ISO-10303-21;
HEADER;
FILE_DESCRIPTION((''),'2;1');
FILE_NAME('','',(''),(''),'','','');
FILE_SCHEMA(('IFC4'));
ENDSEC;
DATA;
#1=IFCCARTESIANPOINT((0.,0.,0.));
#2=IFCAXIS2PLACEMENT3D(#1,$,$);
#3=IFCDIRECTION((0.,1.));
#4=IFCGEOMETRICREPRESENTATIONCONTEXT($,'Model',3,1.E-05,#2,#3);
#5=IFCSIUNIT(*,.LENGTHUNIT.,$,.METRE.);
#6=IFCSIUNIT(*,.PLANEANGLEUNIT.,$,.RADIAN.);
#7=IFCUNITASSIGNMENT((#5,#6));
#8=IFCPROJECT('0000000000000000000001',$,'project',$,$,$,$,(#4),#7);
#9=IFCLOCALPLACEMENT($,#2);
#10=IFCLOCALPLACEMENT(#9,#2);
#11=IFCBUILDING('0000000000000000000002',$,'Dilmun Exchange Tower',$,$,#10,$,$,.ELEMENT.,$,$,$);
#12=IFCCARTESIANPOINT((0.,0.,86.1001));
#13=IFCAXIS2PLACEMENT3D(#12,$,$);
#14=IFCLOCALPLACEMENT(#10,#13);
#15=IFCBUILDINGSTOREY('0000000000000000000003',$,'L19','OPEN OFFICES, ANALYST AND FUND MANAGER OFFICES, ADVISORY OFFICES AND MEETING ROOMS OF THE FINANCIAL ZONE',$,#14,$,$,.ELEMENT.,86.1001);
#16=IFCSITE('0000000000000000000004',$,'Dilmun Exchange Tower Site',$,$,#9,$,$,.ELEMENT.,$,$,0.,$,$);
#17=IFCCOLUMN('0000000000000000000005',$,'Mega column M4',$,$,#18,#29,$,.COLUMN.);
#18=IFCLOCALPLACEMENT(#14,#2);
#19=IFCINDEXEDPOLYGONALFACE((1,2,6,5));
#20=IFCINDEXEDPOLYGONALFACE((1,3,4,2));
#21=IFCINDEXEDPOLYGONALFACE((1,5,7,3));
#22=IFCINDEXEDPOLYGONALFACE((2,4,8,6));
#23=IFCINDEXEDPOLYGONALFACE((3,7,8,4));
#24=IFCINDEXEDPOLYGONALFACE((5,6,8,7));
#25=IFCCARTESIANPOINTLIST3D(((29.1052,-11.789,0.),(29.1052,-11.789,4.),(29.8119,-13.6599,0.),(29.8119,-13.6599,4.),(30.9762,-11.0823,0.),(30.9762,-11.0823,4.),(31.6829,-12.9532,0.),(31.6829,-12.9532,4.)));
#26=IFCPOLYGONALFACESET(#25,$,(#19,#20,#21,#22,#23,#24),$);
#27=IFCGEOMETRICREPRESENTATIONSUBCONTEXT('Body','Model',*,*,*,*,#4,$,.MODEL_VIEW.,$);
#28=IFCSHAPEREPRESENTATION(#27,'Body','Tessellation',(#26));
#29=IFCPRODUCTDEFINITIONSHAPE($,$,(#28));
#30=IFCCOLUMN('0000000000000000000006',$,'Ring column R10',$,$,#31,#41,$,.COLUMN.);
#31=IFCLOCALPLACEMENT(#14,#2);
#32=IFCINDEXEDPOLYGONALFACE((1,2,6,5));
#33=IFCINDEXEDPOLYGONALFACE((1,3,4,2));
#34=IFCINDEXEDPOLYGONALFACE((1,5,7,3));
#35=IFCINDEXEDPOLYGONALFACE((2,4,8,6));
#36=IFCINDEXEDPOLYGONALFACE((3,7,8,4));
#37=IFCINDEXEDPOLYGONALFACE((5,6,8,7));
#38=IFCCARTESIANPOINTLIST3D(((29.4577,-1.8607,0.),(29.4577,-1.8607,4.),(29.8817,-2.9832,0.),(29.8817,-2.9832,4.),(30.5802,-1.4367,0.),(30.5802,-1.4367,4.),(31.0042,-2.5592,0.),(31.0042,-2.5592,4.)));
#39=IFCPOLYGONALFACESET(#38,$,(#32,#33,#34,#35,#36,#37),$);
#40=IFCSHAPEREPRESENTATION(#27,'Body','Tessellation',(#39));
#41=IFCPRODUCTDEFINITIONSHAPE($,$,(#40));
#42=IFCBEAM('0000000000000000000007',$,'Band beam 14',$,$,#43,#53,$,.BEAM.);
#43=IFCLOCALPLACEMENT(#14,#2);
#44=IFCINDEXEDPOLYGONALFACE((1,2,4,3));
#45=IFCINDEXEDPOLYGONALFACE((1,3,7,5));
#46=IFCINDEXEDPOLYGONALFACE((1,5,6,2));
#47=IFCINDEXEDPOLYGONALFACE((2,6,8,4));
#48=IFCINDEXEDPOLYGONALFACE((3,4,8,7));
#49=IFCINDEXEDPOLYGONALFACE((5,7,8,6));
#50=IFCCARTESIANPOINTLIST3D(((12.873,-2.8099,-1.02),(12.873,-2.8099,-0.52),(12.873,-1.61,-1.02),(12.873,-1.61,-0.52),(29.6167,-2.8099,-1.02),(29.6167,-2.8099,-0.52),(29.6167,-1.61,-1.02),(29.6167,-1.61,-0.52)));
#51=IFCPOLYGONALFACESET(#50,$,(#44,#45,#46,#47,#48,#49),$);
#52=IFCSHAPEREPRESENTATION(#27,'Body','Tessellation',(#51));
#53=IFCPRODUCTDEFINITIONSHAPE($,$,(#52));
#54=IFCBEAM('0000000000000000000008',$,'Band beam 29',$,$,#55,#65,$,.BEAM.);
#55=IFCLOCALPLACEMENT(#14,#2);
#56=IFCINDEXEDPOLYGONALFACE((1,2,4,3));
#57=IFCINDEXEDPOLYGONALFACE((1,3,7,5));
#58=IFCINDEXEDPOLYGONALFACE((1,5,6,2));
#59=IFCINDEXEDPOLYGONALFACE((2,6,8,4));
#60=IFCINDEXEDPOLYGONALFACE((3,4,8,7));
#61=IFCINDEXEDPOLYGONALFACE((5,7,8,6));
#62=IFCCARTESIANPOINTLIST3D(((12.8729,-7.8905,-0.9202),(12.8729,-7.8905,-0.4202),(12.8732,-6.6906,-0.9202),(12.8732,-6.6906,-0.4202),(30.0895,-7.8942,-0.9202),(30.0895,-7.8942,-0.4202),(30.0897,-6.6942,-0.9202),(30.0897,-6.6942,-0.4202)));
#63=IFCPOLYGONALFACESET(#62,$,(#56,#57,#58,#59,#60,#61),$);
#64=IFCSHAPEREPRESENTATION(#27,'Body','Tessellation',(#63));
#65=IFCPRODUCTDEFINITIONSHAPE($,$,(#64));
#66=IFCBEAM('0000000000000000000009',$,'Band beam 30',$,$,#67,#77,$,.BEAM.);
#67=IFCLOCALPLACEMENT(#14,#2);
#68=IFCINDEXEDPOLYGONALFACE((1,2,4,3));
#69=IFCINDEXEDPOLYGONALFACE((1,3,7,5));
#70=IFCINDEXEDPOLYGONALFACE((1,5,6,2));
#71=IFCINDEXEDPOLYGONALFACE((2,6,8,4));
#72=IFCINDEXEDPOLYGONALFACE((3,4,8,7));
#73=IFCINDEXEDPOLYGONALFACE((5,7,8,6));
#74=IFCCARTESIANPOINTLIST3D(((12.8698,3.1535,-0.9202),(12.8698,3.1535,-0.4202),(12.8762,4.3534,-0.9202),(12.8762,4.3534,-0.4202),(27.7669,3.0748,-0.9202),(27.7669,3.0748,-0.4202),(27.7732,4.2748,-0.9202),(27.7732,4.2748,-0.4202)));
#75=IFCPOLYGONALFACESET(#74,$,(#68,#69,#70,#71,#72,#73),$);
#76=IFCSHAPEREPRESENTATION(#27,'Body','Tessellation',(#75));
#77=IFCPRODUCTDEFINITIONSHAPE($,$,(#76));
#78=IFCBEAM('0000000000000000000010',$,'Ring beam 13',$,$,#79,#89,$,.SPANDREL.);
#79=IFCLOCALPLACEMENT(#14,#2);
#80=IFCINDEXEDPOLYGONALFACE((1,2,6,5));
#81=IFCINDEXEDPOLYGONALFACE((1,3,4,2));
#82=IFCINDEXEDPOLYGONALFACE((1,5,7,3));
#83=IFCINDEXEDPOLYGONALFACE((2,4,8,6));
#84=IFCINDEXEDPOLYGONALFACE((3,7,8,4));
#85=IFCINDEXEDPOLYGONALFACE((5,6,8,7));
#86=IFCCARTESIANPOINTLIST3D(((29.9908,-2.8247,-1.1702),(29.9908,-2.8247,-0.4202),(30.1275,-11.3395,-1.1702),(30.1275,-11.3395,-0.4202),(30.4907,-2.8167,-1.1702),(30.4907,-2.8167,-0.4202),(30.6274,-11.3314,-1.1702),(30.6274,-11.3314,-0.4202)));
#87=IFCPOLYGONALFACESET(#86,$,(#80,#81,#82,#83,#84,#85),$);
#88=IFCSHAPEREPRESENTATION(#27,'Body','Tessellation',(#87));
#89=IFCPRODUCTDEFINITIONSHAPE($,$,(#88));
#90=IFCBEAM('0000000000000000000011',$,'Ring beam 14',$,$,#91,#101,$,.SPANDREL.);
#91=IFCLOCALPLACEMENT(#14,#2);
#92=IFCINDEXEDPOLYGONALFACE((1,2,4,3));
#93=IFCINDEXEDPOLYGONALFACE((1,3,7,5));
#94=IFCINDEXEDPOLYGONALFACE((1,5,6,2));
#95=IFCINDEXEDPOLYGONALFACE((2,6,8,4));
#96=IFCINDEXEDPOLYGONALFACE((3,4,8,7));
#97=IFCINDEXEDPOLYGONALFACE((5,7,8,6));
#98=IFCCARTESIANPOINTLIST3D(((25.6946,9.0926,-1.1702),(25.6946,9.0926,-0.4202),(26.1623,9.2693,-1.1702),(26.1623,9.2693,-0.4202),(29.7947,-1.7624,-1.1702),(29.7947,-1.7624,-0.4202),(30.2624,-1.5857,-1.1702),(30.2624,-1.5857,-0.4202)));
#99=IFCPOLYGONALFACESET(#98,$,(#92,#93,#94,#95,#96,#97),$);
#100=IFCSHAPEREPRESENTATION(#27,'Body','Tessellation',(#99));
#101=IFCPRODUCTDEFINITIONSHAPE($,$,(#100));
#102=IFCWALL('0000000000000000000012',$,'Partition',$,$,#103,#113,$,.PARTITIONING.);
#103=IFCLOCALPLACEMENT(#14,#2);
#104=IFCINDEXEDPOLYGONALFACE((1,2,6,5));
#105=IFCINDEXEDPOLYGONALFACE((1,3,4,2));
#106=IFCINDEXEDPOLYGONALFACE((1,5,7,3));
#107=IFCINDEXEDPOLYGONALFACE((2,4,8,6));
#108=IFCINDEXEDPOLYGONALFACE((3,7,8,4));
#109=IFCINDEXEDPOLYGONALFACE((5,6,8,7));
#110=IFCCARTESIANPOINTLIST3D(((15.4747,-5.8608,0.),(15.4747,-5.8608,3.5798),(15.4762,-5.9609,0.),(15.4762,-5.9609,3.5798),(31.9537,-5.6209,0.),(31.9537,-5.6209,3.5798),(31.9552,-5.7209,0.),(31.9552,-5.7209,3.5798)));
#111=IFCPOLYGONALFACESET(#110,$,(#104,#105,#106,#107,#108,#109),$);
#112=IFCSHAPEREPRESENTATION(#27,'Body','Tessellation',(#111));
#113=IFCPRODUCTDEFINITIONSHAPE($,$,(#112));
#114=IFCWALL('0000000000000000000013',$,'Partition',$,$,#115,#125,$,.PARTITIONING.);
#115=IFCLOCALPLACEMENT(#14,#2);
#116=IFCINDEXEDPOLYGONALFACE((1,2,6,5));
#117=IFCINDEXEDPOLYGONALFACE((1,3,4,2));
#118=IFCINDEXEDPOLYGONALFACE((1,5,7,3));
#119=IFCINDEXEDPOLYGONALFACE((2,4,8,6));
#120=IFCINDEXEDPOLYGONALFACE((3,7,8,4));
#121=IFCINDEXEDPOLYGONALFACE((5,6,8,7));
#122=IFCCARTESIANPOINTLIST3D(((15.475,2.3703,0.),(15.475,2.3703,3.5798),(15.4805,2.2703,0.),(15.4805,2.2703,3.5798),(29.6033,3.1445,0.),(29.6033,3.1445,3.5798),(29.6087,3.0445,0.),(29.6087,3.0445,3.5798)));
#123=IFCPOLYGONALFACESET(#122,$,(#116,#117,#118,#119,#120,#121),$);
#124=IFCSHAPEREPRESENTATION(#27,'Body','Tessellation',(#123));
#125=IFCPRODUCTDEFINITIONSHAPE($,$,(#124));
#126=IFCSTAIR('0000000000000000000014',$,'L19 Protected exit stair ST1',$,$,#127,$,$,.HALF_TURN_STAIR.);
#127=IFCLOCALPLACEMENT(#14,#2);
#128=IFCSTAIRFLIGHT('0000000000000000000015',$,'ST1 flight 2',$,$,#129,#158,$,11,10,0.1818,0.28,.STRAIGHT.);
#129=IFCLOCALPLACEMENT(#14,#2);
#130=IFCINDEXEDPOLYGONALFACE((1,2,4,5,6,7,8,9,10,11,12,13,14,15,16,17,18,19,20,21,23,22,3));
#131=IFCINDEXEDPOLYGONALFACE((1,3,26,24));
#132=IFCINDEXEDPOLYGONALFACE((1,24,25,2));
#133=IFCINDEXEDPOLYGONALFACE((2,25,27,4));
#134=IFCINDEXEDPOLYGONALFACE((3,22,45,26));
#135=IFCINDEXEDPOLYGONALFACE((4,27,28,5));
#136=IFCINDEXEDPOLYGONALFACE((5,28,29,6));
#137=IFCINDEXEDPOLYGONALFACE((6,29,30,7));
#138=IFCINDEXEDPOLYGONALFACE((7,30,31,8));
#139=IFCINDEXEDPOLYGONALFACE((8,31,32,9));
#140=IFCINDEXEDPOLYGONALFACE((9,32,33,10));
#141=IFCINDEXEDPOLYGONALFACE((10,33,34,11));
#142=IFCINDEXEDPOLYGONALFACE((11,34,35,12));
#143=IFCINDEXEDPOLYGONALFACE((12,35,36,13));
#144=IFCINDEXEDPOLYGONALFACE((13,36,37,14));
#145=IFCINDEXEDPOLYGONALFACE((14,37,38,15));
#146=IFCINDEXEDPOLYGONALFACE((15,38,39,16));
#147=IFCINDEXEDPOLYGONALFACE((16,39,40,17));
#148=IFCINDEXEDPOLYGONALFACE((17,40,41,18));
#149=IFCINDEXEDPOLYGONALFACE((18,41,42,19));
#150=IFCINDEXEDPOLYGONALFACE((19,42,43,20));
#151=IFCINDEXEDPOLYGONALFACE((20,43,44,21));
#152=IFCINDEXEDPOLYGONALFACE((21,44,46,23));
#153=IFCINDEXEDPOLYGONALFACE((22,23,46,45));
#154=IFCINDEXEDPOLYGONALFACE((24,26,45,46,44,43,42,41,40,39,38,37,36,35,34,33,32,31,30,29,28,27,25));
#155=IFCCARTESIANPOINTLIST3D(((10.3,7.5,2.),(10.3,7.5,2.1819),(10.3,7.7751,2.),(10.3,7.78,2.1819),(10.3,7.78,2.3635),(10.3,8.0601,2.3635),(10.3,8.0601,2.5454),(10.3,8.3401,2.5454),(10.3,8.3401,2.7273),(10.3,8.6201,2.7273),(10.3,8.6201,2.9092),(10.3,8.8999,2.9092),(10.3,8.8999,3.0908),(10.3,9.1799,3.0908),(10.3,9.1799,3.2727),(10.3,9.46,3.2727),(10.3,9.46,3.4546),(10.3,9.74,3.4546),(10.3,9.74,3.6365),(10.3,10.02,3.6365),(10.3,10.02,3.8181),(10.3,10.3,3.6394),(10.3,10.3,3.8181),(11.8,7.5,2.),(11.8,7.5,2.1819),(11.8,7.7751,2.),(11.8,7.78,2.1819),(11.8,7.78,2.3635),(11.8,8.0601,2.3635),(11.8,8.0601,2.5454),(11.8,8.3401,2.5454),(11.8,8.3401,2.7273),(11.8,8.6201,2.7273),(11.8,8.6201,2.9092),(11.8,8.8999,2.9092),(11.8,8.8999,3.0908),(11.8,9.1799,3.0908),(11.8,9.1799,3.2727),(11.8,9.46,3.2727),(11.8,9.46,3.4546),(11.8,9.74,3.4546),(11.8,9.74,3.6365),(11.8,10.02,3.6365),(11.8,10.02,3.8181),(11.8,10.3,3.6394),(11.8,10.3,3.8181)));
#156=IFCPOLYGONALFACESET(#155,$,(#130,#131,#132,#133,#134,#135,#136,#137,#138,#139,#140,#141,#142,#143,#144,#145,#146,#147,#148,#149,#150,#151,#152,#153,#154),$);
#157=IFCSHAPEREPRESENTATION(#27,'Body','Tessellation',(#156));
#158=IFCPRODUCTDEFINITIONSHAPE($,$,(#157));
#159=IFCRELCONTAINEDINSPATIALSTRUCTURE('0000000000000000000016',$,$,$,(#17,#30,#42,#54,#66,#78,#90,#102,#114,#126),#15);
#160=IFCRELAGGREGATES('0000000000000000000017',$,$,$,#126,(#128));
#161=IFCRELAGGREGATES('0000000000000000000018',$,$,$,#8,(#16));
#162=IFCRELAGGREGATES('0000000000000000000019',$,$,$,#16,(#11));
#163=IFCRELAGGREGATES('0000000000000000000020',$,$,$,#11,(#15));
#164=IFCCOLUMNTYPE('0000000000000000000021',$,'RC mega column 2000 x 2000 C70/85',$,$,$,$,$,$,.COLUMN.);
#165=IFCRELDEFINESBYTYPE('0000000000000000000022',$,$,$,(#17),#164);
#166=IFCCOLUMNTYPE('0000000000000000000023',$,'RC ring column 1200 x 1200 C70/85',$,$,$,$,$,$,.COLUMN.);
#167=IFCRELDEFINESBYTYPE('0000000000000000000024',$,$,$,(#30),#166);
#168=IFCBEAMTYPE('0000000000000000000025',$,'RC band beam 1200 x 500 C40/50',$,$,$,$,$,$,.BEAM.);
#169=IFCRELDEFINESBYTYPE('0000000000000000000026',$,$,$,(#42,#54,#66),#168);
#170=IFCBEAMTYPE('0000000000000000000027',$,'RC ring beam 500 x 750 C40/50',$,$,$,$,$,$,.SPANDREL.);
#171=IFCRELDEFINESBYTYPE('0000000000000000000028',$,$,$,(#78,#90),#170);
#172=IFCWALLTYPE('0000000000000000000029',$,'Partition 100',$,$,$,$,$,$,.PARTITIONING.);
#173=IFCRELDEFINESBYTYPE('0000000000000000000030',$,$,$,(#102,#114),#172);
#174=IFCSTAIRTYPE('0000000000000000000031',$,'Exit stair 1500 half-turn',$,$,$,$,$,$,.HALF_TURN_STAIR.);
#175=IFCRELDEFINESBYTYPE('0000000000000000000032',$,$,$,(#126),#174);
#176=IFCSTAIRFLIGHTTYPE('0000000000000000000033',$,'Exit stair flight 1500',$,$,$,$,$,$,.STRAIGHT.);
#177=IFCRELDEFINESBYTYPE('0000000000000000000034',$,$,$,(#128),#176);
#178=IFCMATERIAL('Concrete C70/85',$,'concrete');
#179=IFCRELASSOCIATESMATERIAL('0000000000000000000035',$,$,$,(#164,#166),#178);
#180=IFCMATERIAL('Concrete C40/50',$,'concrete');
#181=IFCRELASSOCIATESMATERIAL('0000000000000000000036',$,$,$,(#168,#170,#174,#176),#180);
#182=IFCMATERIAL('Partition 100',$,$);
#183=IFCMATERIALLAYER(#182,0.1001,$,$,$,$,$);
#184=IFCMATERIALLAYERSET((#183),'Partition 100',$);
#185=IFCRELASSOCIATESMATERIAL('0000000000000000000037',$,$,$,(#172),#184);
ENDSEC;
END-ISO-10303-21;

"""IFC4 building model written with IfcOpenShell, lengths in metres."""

from ifc_helpers import new_model, si_unit, direction, frame, frame_2d, origin, origin_2d, place, context, subcontext, project, spatial, polyline, rectangle, outline, extrude, material, layer, layer_set, material_profile, profile_set, type_object, element, aggregate, save


model = new_model("IFC4")

# Units and contexts
model_context = context("Model", 3, precision=1e-05, world=origin(), true_north=direction((0.0, 1.0)))
body_context = subcontext(model_context, "Body", "Model", "MODEL_VIEW")
ifc_project = project(units=[si_unit("LENGTHUNIT", "METRE"), si_unit("PLANEANGLEUNIT", "RADIAN")], contexts=[model_context])

# Site, building, storey
site_placement = place(None, origin())
site = spatial("IfcSite", under=ifc_project, at=site_placement, Name="Dilmun Exchange Tower Site", CompositionType="ELEMENT", RefElevation=0.0)
building_placement = place(site_placement, origin())
building = spatial("IfcBuilding", under=site, at=building_placement, Name="Dilmun Exchange Tower", CompositionType="ELEMENT")
storey_placement = place(building_placement, frame((0.0, 0.0, 86.1001)))
storey = spatial("IfcBuildingStorey", under=building, at=storey_placement, Name="L19", Description="OPEN OFFICES, ANALYST AND FUND MANAGER OFFICES, ADVISORY OFFICES AND MEETING ROOMS OF THE FINANCIAL ZONE", CompositionType="ELEMENT", Elevation=86.1001)

# Columns
ifc_material_1 = material(Name="Concrete C70/85", Category="concrete")
ifc_material_profile_1 = material_profile(ifc_material_1, rectangle(XDim=2.0, YDim=2.0, at=origin_2d()), Name="2000 x 2000")
ifc_profile_set_1 = profile_set([ifc_material_profile_1], Name="Concrete C70/85")
column_type_1 = type_object("IfcColumnType", Name="RC mega column 2000 x 2000 C70/85", PredefinedType="COLUMN", material=ifc_profile_set_1)
column_1_placement = place(storey_placement, frame((30.394, -12.3711, 0.0), z_axis=(0.0, 0.0, 1.0), x_axis=(0.935492, 0.353349, 0.0)))
element("IfcColumn", 1, at=column_1_placement, inside=storey, type_object=column_type_1, Name="Mega column M4", PredefinedType="COLUMN", context=body_context, shape_type="SweptSolid", body=[
    extrude(rectangle(XDim=2.0, YDim=2.0, at=origin_2d()), origin(), (0.0, 0.0, 1.0), 4.0),
])
ifc_material_profile_2 = material_profile(ifc_material_1, rectangle(XDim=1.2, YDim=1.2, at=origin_2d()), Name="1200 x 1200")
ifc_profile_set_2 = profile_set([ifc_material_profile_2], Name="Concrete C70/85")
column_type_2 = type_object("IfcColumnType", Name="RC ring column 1200 x 1200 C70/85", PredefinedType="COLUMN", material=ifc_profile_set_2)
column_2_placement = place(storey_placement, frame((30.231, -2.21, 0.0), z_axis=(0.0, 0.0, 1.0), x_axis=(0.935492, 0.353349, 0.0)))
element("IfcColumn", 2, at=column_2_placement, inside=storey, type_object=column_type_2, Name="Ring column R10", PredefinedType="COLUMN", context=body_context, shape_type="SweptSolid", body=[
    extrude(rectangle(XDim=1.2, YDim=1.2, at=origin_2d()), origin(), (0.0, 0.0, 1.0), 4.0),
])

# Beams
ifc_material_2 = material(Name="Concrete C40/50", Category="concrete")
ifc_material_profile_3 = material_profile(ifc_material_2, rectangle(XDim=1.2, YDim=0.5, at=origin_2d()), Name="1200 x 500")
ifc_profile_set_3 = profile_set([ifc_material_profile_3], Name="Concrete C40/50")
beam_type_1 = type_object("IfcBeamType", Name="RC band beam 1200 x 500 C40/50", PredefinedType="BEAM", material=ifc_profile_set_3)
beam_1_placement = place(storey_placement, frame((29.6167, -2.21, -0.77), z_axis=(-1.0, 0.0, 0.0), x_axis=(0.0, -1.0, 0.0)))
element("IfcBeam", 3, at=beam_1_placement, inside=storey, type_object=beam_type_1, Name="Band beam 14", PredefinedType="BEAM", context=body_context, shape_type="SweptSolid", body=[
    extrude(rectangle(XDim=1.2, YDim=0.5, at=origin_2d()), origin(), (0.0, 0.0, 1.0), 16.7437),
])
beam_2_placement = place(storey_placement, frame((30.0896, -7.2942, -0.6702), z_axis=(-1.0, 0.000213, 0.0), x_axis=(-0.000213, -1.0, 0.0)))
element("IfcBeam", 4, at=beam_2_placement, inside=storey, type_object=beam_type_1, Name="Band beam 29", PredefinedType="BEAM", context=body_context, shape_type="SweptSolid", body=[
    extrude(rectangle(XDim=1.2, YDim=0.5, at=origin_2d()), origin(), (0.0, 0.0, 1.0), 17.2166),
])
beam_3_placement = place(storey_placement, frame((27.77, 3.6748, -0.6702), z_axis=(-0.999986, 0.005277, 0.0), x_axis=(-0.005277, -0.999986, 0.0)))
element("IfcBeam", 5, at=beam_3_placement, inside=storey, type_object=beam_type_1, Name="Band beam 30", PredefinedType="BEAM", context=body_context, shape_type="SweptSolid", body=[
    extrude(rectangle(XDim=1.2, YDim=0.5, at=origin_2d()), origin(), (0.0, 0.0, 1.0), 14.8972),
])
ifc_material_profile_4 = material_profile(ifc_material_2, rectangle(XDim=0.5, YDim=0.75, at=origin_2d()), Name="500 x 750")
ifc_profile_set_4 = profile_set([ifc_material_profile_4], Name="Concrete C40/50")
beam_type_2 = type_object("IfcBeamType", Name="RC ring beam 500 x 750 C40/50", PredefinedType="SPANDREL", material=ifc_profile_set_4)
beam_4_placement = place(storey_placement, frame((30.3774, -11.3354, -0.7952), z_axis=(-0.016054, 0.999871, 0.0), x_axis=(-0.999871, -0.016054, 0.0)))
element("IfcBeam", 6, at=beam_4_placement, inside=storey, type_object=beam_type_2, Name="Ring beam 13", PredefinedType="SPANDREL", context=body_context, shape_type="SweptSolid", body=[
    extrude(rectangle(XDim=0.5, YDim=0.75, at=origin_2d()), origin(), (0.0, 0.0, 1.0), 8.5159),
])
beam_5_placement = place(storey_placement, frame((30.0286, -1.6741, -0.7952), z_axis=(-0.35335, 0.935491, 0.0), x_axis=(-0.935491, -0.35335, 0.0)))
element("IfcBeam", 7, at=beam_5_placement, inside=storey, type_object=beam_type_2, Name="Ring beam 14", PredefinedType="SPANDREL", context=body_context, shape_type="SweptSolid", body=[
    extrude(rectangle(XDim=0.5, YDim=0.75, at=origin_2d()), origin(), (0.0, 0.0, 1.0), 11.6035),
])

# Walls
ifc_material_3 = material(Name="Partition 100")
ifc_layer_1 = layer(ifc_material_3, 0.1001)
ifc_layer_set_1 = layer_set([ifc_layer_1], Name="Partition 100")
wall_type_1 = type_object("IfcWallType", Name="Partition 100", PredefinedType="PARTITIONING", material=ifc_layer_set_1)
wall_1_placement = place(storey_placement, frame((15.4756, -5.9109, 0.0), z_axis=(0.0, 0.0, 1.0), x_axis=(0.999894, 0.014562, 0.0)))
element("IfcWall", 8, at=wall_1_placement, inside=storey, type_object=wall_type_1, Name="Partition", PredefinedType="PARTITIONING", context=body_context, shape_type="SweptSolid", body=[
    extrude(rectangle(XDim=16.4807, YDim=0.1001, at=frame_2d((8.2402, 0.0))), origin(), (0.0, 0.0, 1.0), 3.5798),
])
wall_2_placement = place(storey_placement, frame((15.4778, 2.3203, 0.0), z_axis=(0.0, 0.0, 1.0), x_axis=(0.998502, 0.054714, 0.0)))
element("IfcWall", 9, at=wall_2_placement, inside=storey, type_object=wall_type_1, Name="Partition", PredefinedType="PARTITIONING", context=body_context, shape_type="SweptSolid", body=[
    extrude(rectangle(XDim=14.1494, YDim=0.1001, at=frame_2d((7.0747, 0.0))), origin(), (0.0, 0.0, 1.0), 3.5798),
])

# Stair, stair flight
stair_type = type_object("IfcStairType", Name="Exit stair 1500 half-turn", PredefinedType="HALF_TURN_STAIR", material=ifc_material_2)
stair_1_placement = place(storey_placement, origin())
stair_1 = element("IfcStair", 10, at=stair_1_placement, inside=storey, type_object=stair_type, Name="L19 Protected exit stair ST1", PredefinedType="HALF_TURN_STAIR")
stair_flight_type = type_object("IfcStairFlightType", Name="Exit stair flight 1500", PredefinedType="STRAIGHT", material=ifc_material_2)
stair_flight_1_placement = place(storey_placement, frame((11.05, 7.5, 2.0), z_axis=(0.0, 0.0, 1.0), x_axis=(0.0, 1.0, 0.0)))
stair_flight_1 = element("IfcStairFlight", 11, at=stair_flight_1_placement, type_object=stair_flight_type, Name="ST1 flight 2", NumberOfRisers=11, NumberOfTreads=10, PredefinedType="STRAIGHT", RiserHeight=0.1818, TreadLength=0.28, context=body_context, shape_type="SweptSolid", body=[
    extrude(outline(polyline([(0.0, 0.0), (0.0, 0.1819), (0.28, 0.1819), (0.28, 0.3635), (0.5601, 0.3635), (0.5601, 0.5454), (0.8401, 0.5454), (0.8401, 0.7273), (1.1201, 0.7273), (1.1201, 0.9092), (1.3999, 0.9092), (1.3999, 1.0908), (1.6799, 1.0908), (1.6799, 1.2727), (1.96, 1.2727), (1.96, 1.4546), (2.24, 1.4546), (2.24, 1.6365), (2.52, 1.6365), (2.52, 1.8181), (2.8, 1.8181), (2.8, 2.0), (2.8, 1.6394), (0.2751, 0.0), (0.0, 0.0)])), frame((0.0, 0.75, 0.0), z_axis=(0.0, -1.0, 0.0), x_axis=(1.0, 0.0, 0.0)), (0.0, 0.0, 1.0), 1.5),
])
aggregate(stair_1, [stair_flight_1])

save(model, "model.ifc")
